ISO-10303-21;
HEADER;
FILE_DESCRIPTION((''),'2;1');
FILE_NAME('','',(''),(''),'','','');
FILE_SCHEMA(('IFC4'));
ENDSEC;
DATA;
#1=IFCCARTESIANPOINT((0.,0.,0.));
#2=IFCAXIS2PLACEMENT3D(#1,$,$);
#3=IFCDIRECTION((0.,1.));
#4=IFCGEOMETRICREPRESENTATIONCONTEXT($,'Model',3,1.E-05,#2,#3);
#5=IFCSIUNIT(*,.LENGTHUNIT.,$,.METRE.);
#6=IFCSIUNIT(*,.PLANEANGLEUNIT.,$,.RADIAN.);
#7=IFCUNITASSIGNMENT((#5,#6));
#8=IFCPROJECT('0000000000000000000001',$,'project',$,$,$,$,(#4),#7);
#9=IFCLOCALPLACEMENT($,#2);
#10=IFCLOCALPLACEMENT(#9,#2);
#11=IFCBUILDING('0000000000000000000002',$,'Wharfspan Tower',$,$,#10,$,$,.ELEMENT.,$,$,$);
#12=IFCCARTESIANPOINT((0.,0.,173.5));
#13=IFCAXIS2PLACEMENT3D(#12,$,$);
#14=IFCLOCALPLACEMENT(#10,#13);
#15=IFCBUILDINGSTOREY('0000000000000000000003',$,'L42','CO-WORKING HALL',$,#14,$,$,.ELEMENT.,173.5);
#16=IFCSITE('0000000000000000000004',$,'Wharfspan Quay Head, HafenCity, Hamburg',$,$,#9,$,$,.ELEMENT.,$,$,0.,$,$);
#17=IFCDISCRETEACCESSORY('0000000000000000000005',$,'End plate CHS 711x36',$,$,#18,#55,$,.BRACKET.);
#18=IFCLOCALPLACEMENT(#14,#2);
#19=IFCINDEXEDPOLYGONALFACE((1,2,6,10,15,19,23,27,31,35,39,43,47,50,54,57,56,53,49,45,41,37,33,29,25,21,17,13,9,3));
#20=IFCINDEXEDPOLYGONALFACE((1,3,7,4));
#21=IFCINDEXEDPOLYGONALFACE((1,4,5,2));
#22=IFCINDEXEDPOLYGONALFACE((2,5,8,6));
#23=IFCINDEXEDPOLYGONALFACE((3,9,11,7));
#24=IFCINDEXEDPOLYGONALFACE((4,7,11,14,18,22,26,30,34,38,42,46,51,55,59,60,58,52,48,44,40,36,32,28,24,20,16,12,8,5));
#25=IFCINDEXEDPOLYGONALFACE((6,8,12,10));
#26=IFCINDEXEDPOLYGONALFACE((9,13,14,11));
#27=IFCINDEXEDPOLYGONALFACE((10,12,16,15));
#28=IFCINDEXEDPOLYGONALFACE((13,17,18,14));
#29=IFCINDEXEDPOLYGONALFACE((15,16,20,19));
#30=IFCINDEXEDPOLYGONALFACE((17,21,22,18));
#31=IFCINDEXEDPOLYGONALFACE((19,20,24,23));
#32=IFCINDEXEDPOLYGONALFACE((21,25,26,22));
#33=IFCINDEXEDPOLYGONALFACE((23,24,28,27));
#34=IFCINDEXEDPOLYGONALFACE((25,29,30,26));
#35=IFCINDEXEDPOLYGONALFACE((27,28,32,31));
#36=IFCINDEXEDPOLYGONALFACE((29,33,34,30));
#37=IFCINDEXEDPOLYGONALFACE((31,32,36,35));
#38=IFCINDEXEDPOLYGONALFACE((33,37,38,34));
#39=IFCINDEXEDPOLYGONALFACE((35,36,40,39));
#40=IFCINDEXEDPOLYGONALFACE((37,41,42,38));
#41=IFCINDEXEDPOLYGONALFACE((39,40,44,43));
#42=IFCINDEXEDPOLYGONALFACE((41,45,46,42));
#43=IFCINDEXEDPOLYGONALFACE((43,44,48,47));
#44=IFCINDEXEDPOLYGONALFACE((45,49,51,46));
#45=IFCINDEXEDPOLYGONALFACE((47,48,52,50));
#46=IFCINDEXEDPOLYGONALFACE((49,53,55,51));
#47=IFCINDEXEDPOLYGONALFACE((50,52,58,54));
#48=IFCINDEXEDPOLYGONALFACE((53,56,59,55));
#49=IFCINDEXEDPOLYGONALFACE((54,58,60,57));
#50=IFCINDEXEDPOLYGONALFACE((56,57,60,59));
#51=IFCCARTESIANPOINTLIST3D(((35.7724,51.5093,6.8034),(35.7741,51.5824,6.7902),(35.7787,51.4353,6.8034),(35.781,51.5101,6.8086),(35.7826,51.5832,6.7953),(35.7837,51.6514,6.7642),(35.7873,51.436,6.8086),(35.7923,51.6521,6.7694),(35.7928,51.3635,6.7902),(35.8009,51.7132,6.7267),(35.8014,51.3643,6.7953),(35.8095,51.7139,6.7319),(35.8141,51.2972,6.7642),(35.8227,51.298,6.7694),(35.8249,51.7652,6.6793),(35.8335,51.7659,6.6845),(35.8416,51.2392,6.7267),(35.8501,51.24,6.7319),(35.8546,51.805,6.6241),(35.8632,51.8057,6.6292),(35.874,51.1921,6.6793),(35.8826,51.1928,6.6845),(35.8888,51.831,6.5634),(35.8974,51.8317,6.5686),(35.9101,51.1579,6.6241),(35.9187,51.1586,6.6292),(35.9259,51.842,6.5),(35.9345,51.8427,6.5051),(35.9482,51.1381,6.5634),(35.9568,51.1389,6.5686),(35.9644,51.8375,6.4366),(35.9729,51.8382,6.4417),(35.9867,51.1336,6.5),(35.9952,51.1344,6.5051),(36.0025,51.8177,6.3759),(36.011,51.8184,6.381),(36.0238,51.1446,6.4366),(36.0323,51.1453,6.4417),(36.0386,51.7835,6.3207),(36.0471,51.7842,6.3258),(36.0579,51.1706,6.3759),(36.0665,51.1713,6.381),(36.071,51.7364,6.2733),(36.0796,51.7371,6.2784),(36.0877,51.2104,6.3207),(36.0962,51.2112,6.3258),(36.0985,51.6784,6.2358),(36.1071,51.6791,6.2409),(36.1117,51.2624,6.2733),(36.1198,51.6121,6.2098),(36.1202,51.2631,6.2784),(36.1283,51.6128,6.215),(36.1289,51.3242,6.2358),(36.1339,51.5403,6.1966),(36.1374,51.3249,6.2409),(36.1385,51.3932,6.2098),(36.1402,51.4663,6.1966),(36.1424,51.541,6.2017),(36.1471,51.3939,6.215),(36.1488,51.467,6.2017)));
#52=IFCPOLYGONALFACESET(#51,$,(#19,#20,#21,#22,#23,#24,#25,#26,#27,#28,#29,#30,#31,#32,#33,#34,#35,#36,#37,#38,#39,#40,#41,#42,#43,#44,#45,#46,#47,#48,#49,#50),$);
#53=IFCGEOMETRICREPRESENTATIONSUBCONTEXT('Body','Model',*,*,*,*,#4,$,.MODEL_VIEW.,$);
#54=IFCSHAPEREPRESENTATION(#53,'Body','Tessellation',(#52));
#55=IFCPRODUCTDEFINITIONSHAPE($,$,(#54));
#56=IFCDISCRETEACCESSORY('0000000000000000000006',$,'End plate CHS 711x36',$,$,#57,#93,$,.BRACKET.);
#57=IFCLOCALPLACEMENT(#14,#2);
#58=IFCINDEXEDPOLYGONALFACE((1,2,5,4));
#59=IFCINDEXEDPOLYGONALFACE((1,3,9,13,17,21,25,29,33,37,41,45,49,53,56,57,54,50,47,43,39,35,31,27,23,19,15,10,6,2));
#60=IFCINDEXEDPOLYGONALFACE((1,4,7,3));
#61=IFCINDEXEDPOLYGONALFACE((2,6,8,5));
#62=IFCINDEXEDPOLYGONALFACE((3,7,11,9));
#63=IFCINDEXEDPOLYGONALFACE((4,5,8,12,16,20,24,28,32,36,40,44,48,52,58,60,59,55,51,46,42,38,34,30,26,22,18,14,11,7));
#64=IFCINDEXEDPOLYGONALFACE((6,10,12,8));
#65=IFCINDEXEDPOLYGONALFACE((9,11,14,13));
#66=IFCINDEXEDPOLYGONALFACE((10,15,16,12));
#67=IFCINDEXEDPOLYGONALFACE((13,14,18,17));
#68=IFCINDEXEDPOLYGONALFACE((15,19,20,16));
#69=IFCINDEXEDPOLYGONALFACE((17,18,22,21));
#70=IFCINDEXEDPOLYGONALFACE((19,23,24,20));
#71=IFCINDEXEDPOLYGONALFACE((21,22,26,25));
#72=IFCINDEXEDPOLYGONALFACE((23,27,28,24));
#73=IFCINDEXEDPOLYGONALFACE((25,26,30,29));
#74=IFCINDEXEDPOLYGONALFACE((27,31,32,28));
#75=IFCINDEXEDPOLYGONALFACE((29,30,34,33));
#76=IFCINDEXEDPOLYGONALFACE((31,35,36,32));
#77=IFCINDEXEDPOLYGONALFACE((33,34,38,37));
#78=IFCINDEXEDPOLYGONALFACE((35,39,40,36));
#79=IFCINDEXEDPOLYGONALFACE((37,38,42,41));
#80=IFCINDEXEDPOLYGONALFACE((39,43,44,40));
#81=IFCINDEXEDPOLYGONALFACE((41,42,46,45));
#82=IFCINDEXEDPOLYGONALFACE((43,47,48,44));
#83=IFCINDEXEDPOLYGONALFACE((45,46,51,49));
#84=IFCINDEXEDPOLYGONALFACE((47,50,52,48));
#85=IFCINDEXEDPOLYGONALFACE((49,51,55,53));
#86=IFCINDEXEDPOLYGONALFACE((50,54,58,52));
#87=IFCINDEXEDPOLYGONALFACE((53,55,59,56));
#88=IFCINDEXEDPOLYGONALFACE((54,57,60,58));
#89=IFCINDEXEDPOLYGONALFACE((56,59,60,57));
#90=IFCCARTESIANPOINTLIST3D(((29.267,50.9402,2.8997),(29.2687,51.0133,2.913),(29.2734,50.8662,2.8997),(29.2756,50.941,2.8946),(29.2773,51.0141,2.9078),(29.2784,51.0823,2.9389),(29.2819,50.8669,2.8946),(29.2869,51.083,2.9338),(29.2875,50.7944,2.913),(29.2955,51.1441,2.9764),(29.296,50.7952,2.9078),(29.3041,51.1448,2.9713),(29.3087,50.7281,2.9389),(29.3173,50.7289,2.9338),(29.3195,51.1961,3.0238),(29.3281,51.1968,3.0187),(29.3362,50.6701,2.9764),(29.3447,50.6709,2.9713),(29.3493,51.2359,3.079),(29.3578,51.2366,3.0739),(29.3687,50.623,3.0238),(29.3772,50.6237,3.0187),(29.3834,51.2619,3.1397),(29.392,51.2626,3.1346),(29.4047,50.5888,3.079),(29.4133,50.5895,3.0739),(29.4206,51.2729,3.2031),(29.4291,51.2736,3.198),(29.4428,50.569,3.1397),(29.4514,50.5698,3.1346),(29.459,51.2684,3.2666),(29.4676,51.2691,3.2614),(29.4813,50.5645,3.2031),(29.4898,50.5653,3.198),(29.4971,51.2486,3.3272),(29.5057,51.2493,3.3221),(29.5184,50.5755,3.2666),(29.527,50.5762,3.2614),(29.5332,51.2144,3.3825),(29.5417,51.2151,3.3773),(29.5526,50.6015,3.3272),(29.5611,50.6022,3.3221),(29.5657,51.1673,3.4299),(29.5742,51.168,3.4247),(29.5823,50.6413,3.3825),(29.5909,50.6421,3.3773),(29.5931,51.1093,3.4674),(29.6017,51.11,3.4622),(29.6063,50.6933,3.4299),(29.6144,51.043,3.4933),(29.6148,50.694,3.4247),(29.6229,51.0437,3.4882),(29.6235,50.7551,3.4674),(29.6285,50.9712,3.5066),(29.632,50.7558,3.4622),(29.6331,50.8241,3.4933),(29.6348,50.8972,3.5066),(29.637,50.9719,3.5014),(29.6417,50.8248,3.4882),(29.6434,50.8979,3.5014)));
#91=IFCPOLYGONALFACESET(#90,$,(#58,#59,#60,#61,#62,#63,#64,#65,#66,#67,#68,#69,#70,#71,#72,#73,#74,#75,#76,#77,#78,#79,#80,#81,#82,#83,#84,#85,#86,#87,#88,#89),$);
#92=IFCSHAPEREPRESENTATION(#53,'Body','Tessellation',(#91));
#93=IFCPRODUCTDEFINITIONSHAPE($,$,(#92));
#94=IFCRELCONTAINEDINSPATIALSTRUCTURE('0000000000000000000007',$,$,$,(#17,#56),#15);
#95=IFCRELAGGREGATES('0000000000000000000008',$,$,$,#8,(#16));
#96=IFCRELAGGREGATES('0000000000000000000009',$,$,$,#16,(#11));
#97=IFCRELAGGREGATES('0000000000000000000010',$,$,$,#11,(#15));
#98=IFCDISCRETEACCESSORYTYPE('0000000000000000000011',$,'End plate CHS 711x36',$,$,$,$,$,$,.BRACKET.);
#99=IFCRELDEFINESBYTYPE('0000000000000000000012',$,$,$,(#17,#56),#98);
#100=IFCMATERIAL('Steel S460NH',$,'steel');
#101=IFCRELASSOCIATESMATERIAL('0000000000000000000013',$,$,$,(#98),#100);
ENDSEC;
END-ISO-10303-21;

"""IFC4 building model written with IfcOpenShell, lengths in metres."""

from ifc_helpers import new_model, si_unit, direction, frame, origin, origin_2d, place, context, subcontext, project, spatial, circle, extrude, material, material_profile, profile_set, type_object, element, save


model = new_model("IFC4")

# Units and contexts
model_context = context("Model", 3, precision=1e-05, world=origin(), true_north=direction((0.0, 1.0)))
body_context = subcontext(model_context, "Body", "Model", "MODEL_VIEW")
ifc_project = project(units=[si_unit("LENGTHUNIT", "METRE"), si_unit("PLANEANGLEUNIT", "RADIAN")], contexts=[model_context])

# Site, building, storey
site_placement = place(None, origin())
site = spatial("IfcSite", under=ifc_project, at=site_placement, Name="Wharfspan Quay Head, HafenCity, Hamburg", CompositionType="ELEMENT", RefElevation=0.0)
building_placement = place(site_placement, origin())
building = spatial("IfcBuilding", under=site, at=building_placement, Name="Wharfspan Tower", CompositionType="ELEMENT")
storey_placement = place(building_placement, frame((0.0, 0.0, 173.5)))
storey = spatial("IfcBuildingStorey", under=building, at=storey_placement, Name="L42", Description="CO-WORKING HALL", CompositionType="ELEMENT", Elevation=173.5)

# Shared definitions
ifc_material_1 = material(Name="Steel S460NH", Category="steel")

# Discrete accessories
ifc_material_profile_1 = material_profile(ifc_material_1, circle(Radius=0.3555, at=origin_2d()))
ifc_profile_set_1 = profile_set([ifc_material_profile_1], Name="Steel S460NH")
discrete_accessory_type = type_object("IfcDiscreteAccessoryType", Name="End plate CHS 711x36", PredefinedType="BRACKET", material=ifc_profile_set_1)
for number, where, z_axis, x_axis, name in (
    (1, (35.9563, 51.4878, 6.5), (0.855186, 0.073302, 0.513112), (-0.085402, 0.996345, 0.000001), "End plate CHS 711x36"),
    (2, (29.4595, 50.9194, 3.198), (-0.855186, -0.073302, 0.513112), (0.085402, -0.996345, 0.000001), "End plate CHS 711x36"),
):
    element("IfcDiscreteAccessory", number, at=place(storey_placement, frame(where, z_axis=z_axis, x_axis=x_axis)), inside=storey, type_object=discrete_accessory_type, Name=name, PredefinedType="BRACKET", context=body_context, shape_type="SweptSolid", body=[
        extrude(circle(Radius=0.3555, at=origin_2d()), origin(), (0.0, 0.0, 1.0), 0.01),
    ])

save(model, "model.ifc")
